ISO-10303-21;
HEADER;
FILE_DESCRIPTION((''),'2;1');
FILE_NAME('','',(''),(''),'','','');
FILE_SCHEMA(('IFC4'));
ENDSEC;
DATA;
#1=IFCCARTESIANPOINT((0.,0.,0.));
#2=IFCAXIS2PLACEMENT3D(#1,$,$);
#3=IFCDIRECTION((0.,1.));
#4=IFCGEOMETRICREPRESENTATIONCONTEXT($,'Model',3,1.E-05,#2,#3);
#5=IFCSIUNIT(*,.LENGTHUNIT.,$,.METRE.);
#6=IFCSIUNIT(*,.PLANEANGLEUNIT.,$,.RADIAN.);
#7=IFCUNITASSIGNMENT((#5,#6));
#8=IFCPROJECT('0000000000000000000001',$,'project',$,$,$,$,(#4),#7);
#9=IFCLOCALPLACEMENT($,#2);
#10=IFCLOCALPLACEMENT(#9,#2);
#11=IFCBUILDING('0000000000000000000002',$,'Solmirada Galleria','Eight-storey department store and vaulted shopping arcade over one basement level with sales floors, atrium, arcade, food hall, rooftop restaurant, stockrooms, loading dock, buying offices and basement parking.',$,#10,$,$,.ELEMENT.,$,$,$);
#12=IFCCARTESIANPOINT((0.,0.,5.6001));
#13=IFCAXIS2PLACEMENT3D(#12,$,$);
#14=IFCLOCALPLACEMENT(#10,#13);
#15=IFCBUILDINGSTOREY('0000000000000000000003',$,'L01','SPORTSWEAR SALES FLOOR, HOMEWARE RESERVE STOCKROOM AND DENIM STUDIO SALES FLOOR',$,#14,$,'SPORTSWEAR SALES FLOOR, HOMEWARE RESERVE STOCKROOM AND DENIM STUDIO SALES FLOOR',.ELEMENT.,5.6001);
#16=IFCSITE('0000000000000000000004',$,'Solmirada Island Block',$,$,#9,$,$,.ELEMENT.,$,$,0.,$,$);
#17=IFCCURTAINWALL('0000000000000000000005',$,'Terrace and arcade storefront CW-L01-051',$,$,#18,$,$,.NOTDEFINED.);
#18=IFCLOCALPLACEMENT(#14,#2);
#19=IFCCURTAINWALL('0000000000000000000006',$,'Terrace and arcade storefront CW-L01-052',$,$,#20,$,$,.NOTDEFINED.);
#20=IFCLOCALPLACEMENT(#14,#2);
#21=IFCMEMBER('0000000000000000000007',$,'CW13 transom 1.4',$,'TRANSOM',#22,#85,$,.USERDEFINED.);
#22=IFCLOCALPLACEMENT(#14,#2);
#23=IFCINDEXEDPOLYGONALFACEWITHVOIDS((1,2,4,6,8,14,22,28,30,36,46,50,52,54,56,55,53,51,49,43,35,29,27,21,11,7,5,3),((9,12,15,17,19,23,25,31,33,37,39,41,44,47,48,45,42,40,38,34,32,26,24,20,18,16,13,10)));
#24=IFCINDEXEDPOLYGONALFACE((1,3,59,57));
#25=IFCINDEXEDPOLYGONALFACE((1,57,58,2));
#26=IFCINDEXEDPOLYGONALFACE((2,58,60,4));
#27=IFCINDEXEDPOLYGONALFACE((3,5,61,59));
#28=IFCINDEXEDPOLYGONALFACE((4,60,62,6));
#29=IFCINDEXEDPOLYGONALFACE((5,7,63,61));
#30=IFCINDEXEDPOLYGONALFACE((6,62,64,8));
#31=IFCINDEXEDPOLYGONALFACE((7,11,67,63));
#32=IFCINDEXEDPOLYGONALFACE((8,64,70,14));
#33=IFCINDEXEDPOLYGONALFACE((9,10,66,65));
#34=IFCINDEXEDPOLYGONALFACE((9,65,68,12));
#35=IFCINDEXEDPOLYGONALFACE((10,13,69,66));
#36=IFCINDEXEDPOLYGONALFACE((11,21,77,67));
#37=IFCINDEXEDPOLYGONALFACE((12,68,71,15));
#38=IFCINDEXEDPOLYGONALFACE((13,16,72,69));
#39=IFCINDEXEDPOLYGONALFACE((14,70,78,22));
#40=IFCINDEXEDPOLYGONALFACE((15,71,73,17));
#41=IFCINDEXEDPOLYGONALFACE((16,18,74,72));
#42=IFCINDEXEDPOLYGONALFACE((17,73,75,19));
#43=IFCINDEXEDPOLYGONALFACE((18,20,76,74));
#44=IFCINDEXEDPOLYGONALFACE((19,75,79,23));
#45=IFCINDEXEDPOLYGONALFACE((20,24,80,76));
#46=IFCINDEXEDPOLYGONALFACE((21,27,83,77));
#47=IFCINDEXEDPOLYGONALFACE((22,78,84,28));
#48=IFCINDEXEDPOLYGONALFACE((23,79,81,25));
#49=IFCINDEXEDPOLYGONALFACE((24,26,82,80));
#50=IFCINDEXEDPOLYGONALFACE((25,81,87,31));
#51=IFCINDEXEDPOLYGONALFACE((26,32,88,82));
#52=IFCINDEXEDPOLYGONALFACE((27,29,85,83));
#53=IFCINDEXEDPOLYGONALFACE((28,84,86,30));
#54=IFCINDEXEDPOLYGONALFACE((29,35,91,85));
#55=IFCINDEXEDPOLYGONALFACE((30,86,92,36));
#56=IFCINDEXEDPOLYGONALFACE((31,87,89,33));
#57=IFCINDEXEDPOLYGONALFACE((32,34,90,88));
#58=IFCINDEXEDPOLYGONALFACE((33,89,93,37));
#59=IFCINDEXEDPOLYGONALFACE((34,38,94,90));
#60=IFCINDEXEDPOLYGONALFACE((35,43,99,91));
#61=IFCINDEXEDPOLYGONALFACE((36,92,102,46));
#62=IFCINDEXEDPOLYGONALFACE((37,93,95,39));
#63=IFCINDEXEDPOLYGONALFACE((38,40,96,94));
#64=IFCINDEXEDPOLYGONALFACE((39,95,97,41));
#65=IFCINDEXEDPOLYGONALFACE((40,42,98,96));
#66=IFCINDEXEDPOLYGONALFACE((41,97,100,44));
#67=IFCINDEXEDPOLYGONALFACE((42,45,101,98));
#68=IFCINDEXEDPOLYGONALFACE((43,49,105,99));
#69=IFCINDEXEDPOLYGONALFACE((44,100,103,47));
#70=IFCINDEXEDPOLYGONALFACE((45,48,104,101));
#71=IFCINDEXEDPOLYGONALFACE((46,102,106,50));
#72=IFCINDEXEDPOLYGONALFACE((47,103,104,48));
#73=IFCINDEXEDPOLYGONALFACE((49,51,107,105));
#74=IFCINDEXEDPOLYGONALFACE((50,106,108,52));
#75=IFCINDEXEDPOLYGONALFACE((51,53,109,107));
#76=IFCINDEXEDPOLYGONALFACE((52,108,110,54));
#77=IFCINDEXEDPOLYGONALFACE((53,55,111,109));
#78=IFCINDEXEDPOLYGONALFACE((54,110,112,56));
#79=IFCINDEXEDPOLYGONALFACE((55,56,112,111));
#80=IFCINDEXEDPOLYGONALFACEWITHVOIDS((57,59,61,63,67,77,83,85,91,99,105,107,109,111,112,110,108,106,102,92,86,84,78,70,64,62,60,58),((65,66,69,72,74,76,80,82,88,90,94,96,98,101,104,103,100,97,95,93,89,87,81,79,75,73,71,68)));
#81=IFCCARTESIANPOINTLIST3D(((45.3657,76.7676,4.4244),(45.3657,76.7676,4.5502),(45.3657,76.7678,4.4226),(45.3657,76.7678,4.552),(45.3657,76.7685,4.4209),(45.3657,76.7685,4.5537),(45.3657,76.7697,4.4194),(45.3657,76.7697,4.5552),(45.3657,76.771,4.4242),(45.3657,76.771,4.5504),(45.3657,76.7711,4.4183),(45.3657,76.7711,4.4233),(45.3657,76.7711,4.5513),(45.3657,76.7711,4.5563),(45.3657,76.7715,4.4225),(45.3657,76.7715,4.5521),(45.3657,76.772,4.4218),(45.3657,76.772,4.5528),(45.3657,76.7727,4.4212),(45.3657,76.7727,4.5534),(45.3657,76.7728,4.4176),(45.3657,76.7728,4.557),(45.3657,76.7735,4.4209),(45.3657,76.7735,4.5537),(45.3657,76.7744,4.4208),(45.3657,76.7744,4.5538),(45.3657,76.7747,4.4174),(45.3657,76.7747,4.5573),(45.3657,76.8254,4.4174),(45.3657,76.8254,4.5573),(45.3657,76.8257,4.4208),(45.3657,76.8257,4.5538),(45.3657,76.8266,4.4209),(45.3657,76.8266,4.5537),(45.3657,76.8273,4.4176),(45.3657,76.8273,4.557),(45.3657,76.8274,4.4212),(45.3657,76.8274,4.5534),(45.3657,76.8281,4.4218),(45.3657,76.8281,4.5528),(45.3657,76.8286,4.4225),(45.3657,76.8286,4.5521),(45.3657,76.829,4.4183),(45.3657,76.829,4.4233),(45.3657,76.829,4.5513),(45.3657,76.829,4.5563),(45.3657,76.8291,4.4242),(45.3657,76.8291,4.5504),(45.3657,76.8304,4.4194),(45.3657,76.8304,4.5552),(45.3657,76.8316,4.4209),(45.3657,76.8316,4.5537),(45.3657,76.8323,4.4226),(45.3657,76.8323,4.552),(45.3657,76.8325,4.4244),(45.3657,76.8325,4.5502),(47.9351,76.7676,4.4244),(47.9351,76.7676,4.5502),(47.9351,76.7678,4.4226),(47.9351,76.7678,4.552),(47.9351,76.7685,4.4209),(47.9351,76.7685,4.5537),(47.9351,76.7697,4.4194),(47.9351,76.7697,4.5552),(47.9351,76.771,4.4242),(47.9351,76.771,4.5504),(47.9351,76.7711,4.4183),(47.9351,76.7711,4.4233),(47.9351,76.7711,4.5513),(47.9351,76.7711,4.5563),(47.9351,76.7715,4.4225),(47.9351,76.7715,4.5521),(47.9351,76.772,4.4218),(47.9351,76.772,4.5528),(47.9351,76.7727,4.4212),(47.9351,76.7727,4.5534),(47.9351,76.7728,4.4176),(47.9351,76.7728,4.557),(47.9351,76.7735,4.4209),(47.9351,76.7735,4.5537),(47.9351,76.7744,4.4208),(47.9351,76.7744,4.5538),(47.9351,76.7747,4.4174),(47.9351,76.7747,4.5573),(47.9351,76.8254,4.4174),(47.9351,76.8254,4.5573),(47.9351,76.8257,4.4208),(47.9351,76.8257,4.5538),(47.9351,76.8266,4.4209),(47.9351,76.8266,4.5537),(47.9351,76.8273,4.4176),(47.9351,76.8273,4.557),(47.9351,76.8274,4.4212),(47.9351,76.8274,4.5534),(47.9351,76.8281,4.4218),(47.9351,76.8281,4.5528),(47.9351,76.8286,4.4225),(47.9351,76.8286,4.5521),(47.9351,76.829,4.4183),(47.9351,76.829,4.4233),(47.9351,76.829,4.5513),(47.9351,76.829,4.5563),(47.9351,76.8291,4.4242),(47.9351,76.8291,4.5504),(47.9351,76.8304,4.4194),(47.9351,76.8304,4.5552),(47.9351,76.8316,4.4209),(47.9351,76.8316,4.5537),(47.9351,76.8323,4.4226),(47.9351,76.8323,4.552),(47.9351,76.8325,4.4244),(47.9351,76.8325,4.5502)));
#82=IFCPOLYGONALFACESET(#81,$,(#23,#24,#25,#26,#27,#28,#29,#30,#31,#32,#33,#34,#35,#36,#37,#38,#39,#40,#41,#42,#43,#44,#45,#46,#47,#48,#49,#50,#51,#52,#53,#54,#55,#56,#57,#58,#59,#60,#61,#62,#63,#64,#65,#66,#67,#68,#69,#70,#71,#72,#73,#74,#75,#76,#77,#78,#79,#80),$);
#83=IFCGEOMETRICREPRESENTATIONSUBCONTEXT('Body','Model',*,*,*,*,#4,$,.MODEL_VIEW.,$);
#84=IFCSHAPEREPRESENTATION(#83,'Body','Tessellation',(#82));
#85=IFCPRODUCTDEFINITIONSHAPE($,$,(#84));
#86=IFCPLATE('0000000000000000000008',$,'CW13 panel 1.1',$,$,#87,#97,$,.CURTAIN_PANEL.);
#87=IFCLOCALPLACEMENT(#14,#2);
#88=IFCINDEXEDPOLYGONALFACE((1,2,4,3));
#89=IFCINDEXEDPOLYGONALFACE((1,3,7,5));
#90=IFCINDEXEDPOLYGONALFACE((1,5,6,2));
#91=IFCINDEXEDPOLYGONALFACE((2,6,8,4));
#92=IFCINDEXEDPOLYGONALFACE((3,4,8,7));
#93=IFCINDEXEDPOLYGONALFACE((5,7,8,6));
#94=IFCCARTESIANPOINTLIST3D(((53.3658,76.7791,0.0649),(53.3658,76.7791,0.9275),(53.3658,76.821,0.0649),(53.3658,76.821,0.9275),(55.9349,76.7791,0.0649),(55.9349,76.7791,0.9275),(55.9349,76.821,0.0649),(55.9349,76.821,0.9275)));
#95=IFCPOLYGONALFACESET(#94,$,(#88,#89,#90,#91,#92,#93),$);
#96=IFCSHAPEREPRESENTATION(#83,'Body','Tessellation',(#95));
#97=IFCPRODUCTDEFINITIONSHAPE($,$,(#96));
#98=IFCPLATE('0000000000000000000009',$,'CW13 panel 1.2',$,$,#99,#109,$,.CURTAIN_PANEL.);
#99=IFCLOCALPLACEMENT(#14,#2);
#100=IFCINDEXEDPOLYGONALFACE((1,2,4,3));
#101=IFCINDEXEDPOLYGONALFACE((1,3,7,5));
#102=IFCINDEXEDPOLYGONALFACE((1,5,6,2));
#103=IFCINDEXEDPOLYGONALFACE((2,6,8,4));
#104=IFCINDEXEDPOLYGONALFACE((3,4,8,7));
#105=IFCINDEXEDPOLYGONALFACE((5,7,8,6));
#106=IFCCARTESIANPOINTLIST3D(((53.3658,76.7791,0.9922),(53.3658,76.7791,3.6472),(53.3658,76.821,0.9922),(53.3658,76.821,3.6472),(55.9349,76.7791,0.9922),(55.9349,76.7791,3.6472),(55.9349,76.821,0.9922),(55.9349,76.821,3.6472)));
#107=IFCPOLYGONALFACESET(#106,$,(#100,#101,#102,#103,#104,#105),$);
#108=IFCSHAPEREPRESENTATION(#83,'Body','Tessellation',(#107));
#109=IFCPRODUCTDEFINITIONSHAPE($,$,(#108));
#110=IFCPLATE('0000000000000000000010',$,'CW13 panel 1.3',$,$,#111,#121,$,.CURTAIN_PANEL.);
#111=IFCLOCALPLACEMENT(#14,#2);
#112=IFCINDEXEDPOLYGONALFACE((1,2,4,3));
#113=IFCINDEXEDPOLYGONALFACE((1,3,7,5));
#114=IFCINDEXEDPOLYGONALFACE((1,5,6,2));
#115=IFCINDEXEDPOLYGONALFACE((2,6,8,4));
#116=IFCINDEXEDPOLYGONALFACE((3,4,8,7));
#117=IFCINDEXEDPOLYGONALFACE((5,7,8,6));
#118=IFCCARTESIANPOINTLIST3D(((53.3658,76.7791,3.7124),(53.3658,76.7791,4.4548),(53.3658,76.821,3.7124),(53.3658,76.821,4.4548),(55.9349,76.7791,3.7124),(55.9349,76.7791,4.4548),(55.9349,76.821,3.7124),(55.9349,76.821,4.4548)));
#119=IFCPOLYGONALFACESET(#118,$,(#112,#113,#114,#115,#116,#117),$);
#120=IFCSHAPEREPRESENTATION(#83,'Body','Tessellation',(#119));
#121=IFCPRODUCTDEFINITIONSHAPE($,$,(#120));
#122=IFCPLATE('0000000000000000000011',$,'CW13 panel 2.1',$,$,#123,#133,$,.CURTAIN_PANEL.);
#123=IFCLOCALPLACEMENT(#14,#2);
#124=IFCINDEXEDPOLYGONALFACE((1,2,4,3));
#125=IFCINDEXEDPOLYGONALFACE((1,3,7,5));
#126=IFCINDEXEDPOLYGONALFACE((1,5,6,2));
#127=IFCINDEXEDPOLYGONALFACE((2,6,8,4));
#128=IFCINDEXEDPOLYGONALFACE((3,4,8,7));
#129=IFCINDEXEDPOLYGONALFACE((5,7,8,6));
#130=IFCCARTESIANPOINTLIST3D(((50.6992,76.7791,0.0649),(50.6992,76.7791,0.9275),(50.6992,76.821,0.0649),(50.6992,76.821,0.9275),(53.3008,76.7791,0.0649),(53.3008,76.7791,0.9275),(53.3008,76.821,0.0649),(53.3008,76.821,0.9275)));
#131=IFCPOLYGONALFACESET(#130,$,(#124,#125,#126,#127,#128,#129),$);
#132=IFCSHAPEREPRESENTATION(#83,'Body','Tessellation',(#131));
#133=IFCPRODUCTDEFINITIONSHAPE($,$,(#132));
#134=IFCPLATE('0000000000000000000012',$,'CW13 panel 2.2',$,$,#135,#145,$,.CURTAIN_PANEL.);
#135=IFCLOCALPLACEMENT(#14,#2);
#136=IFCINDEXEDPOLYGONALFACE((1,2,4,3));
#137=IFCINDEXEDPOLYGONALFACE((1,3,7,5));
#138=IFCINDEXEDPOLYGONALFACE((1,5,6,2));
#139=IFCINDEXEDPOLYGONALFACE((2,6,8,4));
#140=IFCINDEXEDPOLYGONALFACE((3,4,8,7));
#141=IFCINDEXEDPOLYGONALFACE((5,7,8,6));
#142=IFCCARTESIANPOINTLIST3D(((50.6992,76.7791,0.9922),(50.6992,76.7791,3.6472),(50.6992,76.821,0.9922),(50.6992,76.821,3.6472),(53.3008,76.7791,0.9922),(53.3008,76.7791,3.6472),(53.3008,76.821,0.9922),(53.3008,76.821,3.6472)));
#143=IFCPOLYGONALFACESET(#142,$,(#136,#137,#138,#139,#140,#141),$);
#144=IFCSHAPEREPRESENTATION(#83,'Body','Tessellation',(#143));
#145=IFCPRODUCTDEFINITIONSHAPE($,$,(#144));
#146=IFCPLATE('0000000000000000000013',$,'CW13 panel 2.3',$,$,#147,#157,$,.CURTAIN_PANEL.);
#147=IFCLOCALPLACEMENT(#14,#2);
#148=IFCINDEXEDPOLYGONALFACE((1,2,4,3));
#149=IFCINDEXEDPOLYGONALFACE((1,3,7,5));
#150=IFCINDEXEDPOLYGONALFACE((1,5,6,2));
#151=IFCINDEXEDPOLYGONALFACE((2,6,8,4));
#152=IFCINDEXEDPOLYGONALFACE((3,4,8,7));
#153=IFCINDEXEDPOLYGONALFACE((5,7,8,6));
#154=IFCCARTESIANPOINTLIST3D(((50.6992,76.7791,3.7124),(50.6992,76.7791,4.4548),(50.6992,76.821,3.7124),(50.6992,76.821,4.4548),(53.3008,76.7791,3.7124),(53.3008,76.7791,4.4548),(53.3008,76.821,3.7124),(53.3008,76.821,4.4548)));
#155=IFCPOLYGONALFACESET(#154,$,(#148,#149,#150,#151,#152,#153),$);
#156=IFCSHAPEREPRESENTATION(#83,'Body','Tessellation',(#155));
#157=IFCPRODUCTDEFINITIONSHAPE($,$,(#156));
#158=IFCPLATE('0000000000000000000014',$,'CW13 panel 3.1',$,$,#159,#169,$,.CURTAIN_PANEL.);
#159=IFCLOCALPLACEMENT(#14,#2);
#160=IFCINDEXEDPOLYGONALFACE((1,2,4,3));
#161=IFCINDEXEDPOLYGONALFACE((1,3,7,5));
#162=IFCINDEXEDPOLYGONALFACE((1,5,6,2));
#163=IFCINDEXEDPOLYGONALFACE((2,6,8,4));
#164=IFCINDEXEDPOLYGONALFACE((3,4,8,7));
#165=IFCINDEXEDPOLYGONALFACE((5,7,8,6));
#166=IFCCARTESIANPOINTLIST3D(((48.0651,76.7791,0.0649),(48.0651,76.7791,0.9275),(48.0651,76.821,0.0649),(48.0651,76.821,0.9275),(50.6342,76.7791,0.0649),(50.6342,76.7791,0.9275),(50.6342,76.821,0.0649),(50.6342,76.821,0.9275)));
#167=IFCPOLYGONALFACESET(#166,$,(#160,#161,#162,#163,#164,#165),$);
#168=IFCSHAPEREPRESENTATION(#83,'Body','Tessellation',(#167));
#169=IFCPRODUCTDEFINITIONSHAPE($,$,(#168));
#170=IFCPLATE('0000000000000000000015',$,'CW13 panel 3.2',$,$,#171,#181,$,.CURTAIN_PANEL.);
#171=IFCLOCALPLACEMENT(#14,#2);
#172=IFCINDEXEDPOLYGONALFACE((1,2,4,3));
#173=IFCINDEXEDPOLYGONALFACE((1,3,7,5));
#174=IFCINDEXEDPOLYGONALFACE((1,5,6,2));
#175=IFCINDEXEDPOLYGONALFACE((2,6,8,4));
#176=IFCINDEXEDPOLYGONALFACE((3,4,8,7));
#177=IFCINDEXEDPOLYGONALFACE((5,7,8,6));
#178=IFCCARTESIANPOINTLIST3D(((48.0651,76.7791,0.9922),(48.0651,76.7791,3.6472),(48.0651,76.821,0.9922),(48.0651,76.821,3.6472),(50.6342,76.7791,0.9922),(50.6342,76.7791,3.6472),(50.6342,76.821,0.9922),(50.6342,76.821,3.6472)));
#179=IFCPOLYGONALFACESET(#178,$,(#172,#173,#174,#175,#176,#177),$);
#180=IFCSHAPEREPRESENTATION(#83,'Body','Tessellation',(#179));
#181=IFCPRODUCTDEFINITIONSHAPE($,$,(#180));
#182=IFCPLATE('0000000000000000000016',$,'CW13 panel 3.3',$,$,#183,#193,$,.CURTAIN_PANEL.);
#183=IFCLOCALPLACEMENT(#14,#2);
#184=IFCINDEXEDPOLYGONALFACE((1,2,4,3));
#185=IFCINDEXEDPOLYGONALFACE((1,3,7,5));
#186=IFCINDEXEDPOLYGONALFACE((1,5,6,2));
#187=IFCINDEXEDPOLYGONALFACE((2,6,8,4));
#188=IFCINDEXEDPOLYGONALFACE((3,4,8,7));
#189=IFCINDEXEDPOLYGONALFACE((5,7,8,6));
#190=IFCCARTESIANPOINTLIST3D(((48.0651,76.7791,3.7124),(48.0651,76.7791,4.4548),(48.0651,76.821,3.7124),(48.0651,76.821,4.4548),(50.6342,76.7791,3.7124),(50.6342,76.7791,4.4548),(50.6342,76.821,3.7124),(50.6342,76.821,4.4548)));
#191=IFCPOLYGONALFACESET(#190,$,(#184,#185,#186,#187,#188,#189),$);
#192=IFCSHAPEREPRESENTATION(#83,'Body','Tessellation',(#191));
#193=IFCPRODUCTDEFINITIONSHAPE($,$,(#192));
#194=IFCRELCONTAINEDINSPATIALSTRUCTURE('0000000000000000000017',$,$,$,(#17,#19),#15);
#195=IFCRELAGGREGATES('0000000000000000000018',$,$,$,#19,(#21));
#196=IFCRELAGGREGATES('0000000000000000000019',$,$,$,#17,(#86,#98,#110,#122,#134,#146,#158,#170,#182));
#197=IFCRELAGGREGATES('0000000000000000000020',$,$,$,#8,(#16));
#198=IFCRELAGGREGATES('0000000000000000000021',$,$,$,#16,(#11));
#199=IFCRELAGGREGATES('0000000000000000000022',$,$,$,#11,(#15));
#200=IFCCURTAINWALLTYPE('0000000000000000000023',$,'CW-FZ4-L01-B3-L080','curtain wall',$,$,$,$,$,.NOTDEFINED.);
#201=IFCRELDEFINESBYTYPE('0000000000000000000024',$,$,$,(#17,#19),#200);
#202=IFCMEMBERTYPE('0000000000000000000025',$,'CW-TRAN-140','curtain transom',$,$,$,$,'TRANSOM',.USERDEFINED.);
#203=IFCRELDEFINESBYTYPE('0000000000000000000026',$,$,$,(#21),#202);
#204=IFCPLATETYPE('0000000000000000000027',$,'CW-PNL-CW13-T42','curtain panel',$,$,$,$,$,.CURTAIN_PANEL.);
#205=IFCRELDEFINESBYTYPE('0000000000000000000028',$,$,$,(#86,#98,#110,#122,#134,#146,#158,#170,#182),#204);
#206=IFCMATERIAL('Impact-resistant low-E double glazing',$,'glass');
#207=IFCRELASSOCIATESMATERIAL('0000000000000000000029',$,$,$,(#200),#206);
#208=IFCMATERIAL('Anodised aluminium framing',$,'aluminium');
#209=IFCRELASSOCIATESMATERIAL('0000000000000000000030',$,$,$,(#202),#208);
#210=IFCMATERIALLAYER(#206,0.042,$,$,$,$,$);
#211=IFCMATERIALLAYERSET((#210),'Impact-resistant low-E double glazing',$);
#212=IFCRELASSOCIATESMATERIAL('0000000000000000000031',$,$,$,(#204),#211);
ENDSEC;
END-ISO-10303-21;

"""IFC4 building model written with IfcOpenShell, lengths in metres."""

from ifc_helpers import new_model, si_unit, direction, frame, origin, origin_2d, place, context, subcontext, project, spatial, rectangle, hollow_rectangle, extrude, material, layer, layer_set, material_profile, profile_set, type_object, element, aggregate, save


model = new_model("IFC4")

# Units and contexts
model_context = context("Model", 3, precision=1e-05, world=origin(), true_north=direction((0.0, 1.0)))
body_context = subcontext(model_context, "Body", "Model", "MODEL_VIEW")
ifc_project = project(units=[si_unit("LENGTHUNIT", "METRE"), si_unit("PLANEANGLEUNIT", "RADIAN")], contexts=[model_context])

# Site, building, storey
site_placement = place(None, origin())
site = spatial("IfcSite", under=ifc_project, at=site_placement, Name="Solmirada Island Block", CompositionType="ELEMENT", RefElevation=0.0)
building_placement = place(site_placement, origin())
building = spatial("IfcBuilding", under=site, at=building_placement, Name="Solmirada Galleria", Description="Eight-storey department store and vaulted shopping arcade over one basement level with sales floors, atrium, arcade, food hall, rooftop restaurant, stockrooms, loading dock, buying offices and basement parking.", CompositionType="ELEMENT")
storey_placement = place(building_placement, frame((0.0, 0.0, 5.6001)))
storey = spatial("IfcBuildingStorey", under=building, at=storey_placement, Name="L01", Description="SPORTSWEAR SALES FLOOR, HOMEWARE RESERVE STOCKROOM AND DENIM STUDIO SALES FLOOR", LongName="SPORTSWEAR SALES FLOOR, HOMEWARE RESERVE STOCKROOM AND DENIM STUDIO SALES FLOOR", CompositionType="ELEMENT", Elevation=5.6001)

# Curtain wall
ifc_material_1 = material(Name="Impact-resistant low-E double glazing", Category="glass")
curtain_wall_type = type_object("IfcCurtainWallType", Name="CW-FZ4-L01-B3-L080", Description="curtain wall", PredefinedType="NOTDEFINED", material=ifc_material_1)
curtain_wall_1_placement = place(storey_placement, origin())
curtain_wall_1 = element("IfcCurtainWall", 1, at=curtain_wall_1_placement, inside=storey, type_object=curtain_wall_type, Name="Terrace and arcade storefront CW-L01-051", PredefinedType="NOTDEFINED")
ifc_material_2 = material(Name="Anodised aluminium framing", Category="aluminium")

# Curtain wall
curtain_wall_2_placement = place(storey_placement, origin())
curtain_wall_2 = element("IfcCurtainWall", 2, at=curtain_wall_2_placement, inside=storey, type_object=curtain_wall_type, Name="Terrace and arcade storefront CW-L01-052", PredefinedType="NOTDEFINED")

# Member
ifc_material_profile_1 = material_profile(ifc_material_2, hollow_rectangle(XDim=0.0649, YDim=0.1399, WallThickness=0.0034, InnerFilletRadius=0.0034, OuterFilletRadius=0.0071, at=origin_2d()), Name="ALU-TRAN-140X65")
ifc_profile_set_1 = profile_set([ifc_material_profile_1], Name="Anodised aluminium framing")
member_type_1 = type_object("IfcMemberType", Name="CW-TRAN-140", Description="curtain transom", ElementType="TRANSOM", PredefinedType="USERDEFINED", material=ifc_profile_set_1)
member_1_placement = place(storey_placement, frame((47.9351, 76.8, 4.4873), z_axis=(-1.0, 0.0, 0.0), x_axis=(0.0, -1.0, 0.0)))
member_1 = element("IfcMember", 3, at=member_1_placement, type_object=member_type_1, Name="CW13 transom 1.4", ObjectType="TRANSOM", PredefinedType="USERDEFINED", context=body_context, shape_type="SweptSolid", body=[
    extrude(hollow_rectangle(XDim=0.0649, YDim=0.1399, WallThickness=0.0034, InnerFilletRadius=0.0034, OuterFilletRadius=0.0071, at=origin_2d()), origin(), (0.0, 0.0, 1.0), 2.5693),
])
aggregate(curtain_wall_2, [member_1])

# Plates
ifc_layer = layer(ifc_material_1, 0.042)
ifc_layer_set = layer_set([ifc_layer], Name="Impact-resistant low-E double glazing")
plate_type = type_object("IfcPlateType", Name="CW-PNL-CW13-T42", Description="curtain panel", PredefinedType="CURTAIN_PANEL", material=ifc_layer_set)
plate_1_placement = place(storey_placement, frame((54.6504, 76.8, 0.0649), z_axis=(0.0, 0.0, 1.0), x_axis=(-1.0, 0.0, 0.0)))
plate_1 = element("IfcPlate", 4, at=plate_1_placement, type_object=plate_type, Name="CW13 panel 1.1", PredefinedType="CURTAIN_PANEL", context=body_context, shape_type="SweptSolid", body=[
    extrude(rectangle(XDim=2.5691, YDim=0.042, at=origin_2d()), origin(), (0.0, 0.0, 1.0), 0.8625),
])
plate_2_placement = place(storey_placement, frame((54.6504, 76.8, 0.9922), z_axis=(0.0, 0.0, 1.0), x_axis=(-1.0, 0.0, 0.0)))
plate_2 = element("IfcPlate", 5, at=plate_2_placement, type_object=plate_type, Name="CW13 panel 1.2", PredefinedType="CURTAIN_PANEL", context=body_context, shape_type="SweptSolid", body=[
    extrude(rectangle(XDim=2.5691, YDim=0.042, at=origin_2d()), origin(), (0.0, 0.0, 1.0), 2.655),
])
plate_3_placement = place(storey_placement, frame((54.6504, 76.8, 3.7124), z_axis=(0.0, 0.0, 1.0), x_axis=(-1.0, 0.0, 0.0)))
plate_3 = element("IfcPlate", 6, at=plate_3_placement, type_object=plate_type, Name="CW13 panel 1.3", PredefinedType="CURTAIN_PANEL", context=body_context, shape_type="SweptSolid", body=[
    extrude(rectangle(XDim=2.5691, YDim=0.042, at=origin_2d()), origin(), (0.0, 0.0, 1.0), 0.7424),
])
plate_4_placement = place(storey_placement, frame((52.0, 76.8, 0.0649), z_axis=(0.0, 0.0, 1.0), x_axis=(-1.0, 0.0, 0.0)))
plate_4 = element("IfcPlate", 7, at=plate_4_placement, type_object=plate_type, Name="CW13 panel 2.1", PredefinedType="CURTAIN_PANEL", context=body_context, shape_type="SweptSolid", body=[
    extrude(rectangle(XDim=2.6016, YDim=0.042, at=origin_2d()), origin(), (0.0, 0.0, 1.0), 0.8625),
])
plate_5_placement = place(storey_placement, frame((52.0, 76.8, 0.9922), z_axis=(0.0, 0.0, 1.0), x_axis=(-1.0, 0.0, 0.0)))
plate_5 = element("IfcPlate", 8, at=plate_5_placement, type_object=plate_type, Name="CW13 panel 2.2", PredefinedType="CURTAIN_PANEL", context=body_context, shape_type="SweptSolid", body=[
    extrude(rectangle(XDim=2.6016, YDim=0.042, at=origin_2d()), origin(), (0.0, 0.0, 1.0), 2.655),
])
plate_6_placement = place(storey_placement, frame((52.0, 76.8, 3.7124), z_axis=(0.0, 0.0, 1.0), x_axis=(-1.0, 0.0, 0.0)))
plate_6 = element("IfcPlate", 9, at=plate_6_placement, type_object=plate_type, Name="CW13 panel 2.3", PredefinedType="CURTAIN_PANEL", context=body_context, shape_type="SweptSolid", body=[
    extrude(rectangle(XDim=2.6016, YDim=0.042, at=origin_2d()), origin(), (0.0, 0.0, 1.0), 0.7424),
])
plate_7_placement = place(storey_placement, frame((49.3496, 76.8, 0.0649), z_axis=(0.0, 0.0, 1.0), x_axis=(-1.0, 0.0, 0.0)))
plate_7 = element("IfcPlate", 10, at=plate_7_placement, type_object=plate_type, Name="CW13 panel 3.1", PredefinedType="CURTAIN_PANEL", context=body_context, shape_type="SweptSolid", body=[
    extrude(rectangle(XDim=2.5691, YDim=0.042, at=origin_2d()), origin(), (0.0, 0.0, 1.0), 0.8625),
])
plate_8_placement = place(storey_placement, frame((49.3496, 76.8, 0.9922), z_axis=(0.0, 0.0, 1.0), x_axis=(-1.0, 0.0, 0.0)))
plate_8 = element("IfcPlate", 11, at=plate_8_placement, type_object=plate_type, Name="CW13 panel 3.2", PredefinedType="CURTAIN_PANEL", context=body_context, shape_type="SweptSolid", body=[
    extrude(rectangle(XDim=2.5691, YDim=0.042, at=origin_2d()), origin(), (0.0, 0.0, 1.0), 2.655),
])
plate_9_placement = place(storey_placement, frame((49.3496, 76.8, 3.7124), z_axis=(0.0, 0.0, 1.0), x_axis=(-1.0, 0.0, 0.0)))
plate_9 = element("IfcPlate", 12, at=plate_9_placement, type_object=plate_type, Name="CW13 panel 3.3", PredefinedType="CURTAIN_PANEL", context=body_context, shape_type="SweptSolid", body=[
    extrude(rectangle(XDim=2.5691, YDim=0.042, at=origin_2d()), origin(), (0.0, 0.0, 1.0), 0.7424),
])
aggregate(curtain_wall_1, [plate_1, plate_2, plate_3, plate_4, plate_5, plate_6, plate_7, plate_8, plate_9])

save(model, "model.ifc")
